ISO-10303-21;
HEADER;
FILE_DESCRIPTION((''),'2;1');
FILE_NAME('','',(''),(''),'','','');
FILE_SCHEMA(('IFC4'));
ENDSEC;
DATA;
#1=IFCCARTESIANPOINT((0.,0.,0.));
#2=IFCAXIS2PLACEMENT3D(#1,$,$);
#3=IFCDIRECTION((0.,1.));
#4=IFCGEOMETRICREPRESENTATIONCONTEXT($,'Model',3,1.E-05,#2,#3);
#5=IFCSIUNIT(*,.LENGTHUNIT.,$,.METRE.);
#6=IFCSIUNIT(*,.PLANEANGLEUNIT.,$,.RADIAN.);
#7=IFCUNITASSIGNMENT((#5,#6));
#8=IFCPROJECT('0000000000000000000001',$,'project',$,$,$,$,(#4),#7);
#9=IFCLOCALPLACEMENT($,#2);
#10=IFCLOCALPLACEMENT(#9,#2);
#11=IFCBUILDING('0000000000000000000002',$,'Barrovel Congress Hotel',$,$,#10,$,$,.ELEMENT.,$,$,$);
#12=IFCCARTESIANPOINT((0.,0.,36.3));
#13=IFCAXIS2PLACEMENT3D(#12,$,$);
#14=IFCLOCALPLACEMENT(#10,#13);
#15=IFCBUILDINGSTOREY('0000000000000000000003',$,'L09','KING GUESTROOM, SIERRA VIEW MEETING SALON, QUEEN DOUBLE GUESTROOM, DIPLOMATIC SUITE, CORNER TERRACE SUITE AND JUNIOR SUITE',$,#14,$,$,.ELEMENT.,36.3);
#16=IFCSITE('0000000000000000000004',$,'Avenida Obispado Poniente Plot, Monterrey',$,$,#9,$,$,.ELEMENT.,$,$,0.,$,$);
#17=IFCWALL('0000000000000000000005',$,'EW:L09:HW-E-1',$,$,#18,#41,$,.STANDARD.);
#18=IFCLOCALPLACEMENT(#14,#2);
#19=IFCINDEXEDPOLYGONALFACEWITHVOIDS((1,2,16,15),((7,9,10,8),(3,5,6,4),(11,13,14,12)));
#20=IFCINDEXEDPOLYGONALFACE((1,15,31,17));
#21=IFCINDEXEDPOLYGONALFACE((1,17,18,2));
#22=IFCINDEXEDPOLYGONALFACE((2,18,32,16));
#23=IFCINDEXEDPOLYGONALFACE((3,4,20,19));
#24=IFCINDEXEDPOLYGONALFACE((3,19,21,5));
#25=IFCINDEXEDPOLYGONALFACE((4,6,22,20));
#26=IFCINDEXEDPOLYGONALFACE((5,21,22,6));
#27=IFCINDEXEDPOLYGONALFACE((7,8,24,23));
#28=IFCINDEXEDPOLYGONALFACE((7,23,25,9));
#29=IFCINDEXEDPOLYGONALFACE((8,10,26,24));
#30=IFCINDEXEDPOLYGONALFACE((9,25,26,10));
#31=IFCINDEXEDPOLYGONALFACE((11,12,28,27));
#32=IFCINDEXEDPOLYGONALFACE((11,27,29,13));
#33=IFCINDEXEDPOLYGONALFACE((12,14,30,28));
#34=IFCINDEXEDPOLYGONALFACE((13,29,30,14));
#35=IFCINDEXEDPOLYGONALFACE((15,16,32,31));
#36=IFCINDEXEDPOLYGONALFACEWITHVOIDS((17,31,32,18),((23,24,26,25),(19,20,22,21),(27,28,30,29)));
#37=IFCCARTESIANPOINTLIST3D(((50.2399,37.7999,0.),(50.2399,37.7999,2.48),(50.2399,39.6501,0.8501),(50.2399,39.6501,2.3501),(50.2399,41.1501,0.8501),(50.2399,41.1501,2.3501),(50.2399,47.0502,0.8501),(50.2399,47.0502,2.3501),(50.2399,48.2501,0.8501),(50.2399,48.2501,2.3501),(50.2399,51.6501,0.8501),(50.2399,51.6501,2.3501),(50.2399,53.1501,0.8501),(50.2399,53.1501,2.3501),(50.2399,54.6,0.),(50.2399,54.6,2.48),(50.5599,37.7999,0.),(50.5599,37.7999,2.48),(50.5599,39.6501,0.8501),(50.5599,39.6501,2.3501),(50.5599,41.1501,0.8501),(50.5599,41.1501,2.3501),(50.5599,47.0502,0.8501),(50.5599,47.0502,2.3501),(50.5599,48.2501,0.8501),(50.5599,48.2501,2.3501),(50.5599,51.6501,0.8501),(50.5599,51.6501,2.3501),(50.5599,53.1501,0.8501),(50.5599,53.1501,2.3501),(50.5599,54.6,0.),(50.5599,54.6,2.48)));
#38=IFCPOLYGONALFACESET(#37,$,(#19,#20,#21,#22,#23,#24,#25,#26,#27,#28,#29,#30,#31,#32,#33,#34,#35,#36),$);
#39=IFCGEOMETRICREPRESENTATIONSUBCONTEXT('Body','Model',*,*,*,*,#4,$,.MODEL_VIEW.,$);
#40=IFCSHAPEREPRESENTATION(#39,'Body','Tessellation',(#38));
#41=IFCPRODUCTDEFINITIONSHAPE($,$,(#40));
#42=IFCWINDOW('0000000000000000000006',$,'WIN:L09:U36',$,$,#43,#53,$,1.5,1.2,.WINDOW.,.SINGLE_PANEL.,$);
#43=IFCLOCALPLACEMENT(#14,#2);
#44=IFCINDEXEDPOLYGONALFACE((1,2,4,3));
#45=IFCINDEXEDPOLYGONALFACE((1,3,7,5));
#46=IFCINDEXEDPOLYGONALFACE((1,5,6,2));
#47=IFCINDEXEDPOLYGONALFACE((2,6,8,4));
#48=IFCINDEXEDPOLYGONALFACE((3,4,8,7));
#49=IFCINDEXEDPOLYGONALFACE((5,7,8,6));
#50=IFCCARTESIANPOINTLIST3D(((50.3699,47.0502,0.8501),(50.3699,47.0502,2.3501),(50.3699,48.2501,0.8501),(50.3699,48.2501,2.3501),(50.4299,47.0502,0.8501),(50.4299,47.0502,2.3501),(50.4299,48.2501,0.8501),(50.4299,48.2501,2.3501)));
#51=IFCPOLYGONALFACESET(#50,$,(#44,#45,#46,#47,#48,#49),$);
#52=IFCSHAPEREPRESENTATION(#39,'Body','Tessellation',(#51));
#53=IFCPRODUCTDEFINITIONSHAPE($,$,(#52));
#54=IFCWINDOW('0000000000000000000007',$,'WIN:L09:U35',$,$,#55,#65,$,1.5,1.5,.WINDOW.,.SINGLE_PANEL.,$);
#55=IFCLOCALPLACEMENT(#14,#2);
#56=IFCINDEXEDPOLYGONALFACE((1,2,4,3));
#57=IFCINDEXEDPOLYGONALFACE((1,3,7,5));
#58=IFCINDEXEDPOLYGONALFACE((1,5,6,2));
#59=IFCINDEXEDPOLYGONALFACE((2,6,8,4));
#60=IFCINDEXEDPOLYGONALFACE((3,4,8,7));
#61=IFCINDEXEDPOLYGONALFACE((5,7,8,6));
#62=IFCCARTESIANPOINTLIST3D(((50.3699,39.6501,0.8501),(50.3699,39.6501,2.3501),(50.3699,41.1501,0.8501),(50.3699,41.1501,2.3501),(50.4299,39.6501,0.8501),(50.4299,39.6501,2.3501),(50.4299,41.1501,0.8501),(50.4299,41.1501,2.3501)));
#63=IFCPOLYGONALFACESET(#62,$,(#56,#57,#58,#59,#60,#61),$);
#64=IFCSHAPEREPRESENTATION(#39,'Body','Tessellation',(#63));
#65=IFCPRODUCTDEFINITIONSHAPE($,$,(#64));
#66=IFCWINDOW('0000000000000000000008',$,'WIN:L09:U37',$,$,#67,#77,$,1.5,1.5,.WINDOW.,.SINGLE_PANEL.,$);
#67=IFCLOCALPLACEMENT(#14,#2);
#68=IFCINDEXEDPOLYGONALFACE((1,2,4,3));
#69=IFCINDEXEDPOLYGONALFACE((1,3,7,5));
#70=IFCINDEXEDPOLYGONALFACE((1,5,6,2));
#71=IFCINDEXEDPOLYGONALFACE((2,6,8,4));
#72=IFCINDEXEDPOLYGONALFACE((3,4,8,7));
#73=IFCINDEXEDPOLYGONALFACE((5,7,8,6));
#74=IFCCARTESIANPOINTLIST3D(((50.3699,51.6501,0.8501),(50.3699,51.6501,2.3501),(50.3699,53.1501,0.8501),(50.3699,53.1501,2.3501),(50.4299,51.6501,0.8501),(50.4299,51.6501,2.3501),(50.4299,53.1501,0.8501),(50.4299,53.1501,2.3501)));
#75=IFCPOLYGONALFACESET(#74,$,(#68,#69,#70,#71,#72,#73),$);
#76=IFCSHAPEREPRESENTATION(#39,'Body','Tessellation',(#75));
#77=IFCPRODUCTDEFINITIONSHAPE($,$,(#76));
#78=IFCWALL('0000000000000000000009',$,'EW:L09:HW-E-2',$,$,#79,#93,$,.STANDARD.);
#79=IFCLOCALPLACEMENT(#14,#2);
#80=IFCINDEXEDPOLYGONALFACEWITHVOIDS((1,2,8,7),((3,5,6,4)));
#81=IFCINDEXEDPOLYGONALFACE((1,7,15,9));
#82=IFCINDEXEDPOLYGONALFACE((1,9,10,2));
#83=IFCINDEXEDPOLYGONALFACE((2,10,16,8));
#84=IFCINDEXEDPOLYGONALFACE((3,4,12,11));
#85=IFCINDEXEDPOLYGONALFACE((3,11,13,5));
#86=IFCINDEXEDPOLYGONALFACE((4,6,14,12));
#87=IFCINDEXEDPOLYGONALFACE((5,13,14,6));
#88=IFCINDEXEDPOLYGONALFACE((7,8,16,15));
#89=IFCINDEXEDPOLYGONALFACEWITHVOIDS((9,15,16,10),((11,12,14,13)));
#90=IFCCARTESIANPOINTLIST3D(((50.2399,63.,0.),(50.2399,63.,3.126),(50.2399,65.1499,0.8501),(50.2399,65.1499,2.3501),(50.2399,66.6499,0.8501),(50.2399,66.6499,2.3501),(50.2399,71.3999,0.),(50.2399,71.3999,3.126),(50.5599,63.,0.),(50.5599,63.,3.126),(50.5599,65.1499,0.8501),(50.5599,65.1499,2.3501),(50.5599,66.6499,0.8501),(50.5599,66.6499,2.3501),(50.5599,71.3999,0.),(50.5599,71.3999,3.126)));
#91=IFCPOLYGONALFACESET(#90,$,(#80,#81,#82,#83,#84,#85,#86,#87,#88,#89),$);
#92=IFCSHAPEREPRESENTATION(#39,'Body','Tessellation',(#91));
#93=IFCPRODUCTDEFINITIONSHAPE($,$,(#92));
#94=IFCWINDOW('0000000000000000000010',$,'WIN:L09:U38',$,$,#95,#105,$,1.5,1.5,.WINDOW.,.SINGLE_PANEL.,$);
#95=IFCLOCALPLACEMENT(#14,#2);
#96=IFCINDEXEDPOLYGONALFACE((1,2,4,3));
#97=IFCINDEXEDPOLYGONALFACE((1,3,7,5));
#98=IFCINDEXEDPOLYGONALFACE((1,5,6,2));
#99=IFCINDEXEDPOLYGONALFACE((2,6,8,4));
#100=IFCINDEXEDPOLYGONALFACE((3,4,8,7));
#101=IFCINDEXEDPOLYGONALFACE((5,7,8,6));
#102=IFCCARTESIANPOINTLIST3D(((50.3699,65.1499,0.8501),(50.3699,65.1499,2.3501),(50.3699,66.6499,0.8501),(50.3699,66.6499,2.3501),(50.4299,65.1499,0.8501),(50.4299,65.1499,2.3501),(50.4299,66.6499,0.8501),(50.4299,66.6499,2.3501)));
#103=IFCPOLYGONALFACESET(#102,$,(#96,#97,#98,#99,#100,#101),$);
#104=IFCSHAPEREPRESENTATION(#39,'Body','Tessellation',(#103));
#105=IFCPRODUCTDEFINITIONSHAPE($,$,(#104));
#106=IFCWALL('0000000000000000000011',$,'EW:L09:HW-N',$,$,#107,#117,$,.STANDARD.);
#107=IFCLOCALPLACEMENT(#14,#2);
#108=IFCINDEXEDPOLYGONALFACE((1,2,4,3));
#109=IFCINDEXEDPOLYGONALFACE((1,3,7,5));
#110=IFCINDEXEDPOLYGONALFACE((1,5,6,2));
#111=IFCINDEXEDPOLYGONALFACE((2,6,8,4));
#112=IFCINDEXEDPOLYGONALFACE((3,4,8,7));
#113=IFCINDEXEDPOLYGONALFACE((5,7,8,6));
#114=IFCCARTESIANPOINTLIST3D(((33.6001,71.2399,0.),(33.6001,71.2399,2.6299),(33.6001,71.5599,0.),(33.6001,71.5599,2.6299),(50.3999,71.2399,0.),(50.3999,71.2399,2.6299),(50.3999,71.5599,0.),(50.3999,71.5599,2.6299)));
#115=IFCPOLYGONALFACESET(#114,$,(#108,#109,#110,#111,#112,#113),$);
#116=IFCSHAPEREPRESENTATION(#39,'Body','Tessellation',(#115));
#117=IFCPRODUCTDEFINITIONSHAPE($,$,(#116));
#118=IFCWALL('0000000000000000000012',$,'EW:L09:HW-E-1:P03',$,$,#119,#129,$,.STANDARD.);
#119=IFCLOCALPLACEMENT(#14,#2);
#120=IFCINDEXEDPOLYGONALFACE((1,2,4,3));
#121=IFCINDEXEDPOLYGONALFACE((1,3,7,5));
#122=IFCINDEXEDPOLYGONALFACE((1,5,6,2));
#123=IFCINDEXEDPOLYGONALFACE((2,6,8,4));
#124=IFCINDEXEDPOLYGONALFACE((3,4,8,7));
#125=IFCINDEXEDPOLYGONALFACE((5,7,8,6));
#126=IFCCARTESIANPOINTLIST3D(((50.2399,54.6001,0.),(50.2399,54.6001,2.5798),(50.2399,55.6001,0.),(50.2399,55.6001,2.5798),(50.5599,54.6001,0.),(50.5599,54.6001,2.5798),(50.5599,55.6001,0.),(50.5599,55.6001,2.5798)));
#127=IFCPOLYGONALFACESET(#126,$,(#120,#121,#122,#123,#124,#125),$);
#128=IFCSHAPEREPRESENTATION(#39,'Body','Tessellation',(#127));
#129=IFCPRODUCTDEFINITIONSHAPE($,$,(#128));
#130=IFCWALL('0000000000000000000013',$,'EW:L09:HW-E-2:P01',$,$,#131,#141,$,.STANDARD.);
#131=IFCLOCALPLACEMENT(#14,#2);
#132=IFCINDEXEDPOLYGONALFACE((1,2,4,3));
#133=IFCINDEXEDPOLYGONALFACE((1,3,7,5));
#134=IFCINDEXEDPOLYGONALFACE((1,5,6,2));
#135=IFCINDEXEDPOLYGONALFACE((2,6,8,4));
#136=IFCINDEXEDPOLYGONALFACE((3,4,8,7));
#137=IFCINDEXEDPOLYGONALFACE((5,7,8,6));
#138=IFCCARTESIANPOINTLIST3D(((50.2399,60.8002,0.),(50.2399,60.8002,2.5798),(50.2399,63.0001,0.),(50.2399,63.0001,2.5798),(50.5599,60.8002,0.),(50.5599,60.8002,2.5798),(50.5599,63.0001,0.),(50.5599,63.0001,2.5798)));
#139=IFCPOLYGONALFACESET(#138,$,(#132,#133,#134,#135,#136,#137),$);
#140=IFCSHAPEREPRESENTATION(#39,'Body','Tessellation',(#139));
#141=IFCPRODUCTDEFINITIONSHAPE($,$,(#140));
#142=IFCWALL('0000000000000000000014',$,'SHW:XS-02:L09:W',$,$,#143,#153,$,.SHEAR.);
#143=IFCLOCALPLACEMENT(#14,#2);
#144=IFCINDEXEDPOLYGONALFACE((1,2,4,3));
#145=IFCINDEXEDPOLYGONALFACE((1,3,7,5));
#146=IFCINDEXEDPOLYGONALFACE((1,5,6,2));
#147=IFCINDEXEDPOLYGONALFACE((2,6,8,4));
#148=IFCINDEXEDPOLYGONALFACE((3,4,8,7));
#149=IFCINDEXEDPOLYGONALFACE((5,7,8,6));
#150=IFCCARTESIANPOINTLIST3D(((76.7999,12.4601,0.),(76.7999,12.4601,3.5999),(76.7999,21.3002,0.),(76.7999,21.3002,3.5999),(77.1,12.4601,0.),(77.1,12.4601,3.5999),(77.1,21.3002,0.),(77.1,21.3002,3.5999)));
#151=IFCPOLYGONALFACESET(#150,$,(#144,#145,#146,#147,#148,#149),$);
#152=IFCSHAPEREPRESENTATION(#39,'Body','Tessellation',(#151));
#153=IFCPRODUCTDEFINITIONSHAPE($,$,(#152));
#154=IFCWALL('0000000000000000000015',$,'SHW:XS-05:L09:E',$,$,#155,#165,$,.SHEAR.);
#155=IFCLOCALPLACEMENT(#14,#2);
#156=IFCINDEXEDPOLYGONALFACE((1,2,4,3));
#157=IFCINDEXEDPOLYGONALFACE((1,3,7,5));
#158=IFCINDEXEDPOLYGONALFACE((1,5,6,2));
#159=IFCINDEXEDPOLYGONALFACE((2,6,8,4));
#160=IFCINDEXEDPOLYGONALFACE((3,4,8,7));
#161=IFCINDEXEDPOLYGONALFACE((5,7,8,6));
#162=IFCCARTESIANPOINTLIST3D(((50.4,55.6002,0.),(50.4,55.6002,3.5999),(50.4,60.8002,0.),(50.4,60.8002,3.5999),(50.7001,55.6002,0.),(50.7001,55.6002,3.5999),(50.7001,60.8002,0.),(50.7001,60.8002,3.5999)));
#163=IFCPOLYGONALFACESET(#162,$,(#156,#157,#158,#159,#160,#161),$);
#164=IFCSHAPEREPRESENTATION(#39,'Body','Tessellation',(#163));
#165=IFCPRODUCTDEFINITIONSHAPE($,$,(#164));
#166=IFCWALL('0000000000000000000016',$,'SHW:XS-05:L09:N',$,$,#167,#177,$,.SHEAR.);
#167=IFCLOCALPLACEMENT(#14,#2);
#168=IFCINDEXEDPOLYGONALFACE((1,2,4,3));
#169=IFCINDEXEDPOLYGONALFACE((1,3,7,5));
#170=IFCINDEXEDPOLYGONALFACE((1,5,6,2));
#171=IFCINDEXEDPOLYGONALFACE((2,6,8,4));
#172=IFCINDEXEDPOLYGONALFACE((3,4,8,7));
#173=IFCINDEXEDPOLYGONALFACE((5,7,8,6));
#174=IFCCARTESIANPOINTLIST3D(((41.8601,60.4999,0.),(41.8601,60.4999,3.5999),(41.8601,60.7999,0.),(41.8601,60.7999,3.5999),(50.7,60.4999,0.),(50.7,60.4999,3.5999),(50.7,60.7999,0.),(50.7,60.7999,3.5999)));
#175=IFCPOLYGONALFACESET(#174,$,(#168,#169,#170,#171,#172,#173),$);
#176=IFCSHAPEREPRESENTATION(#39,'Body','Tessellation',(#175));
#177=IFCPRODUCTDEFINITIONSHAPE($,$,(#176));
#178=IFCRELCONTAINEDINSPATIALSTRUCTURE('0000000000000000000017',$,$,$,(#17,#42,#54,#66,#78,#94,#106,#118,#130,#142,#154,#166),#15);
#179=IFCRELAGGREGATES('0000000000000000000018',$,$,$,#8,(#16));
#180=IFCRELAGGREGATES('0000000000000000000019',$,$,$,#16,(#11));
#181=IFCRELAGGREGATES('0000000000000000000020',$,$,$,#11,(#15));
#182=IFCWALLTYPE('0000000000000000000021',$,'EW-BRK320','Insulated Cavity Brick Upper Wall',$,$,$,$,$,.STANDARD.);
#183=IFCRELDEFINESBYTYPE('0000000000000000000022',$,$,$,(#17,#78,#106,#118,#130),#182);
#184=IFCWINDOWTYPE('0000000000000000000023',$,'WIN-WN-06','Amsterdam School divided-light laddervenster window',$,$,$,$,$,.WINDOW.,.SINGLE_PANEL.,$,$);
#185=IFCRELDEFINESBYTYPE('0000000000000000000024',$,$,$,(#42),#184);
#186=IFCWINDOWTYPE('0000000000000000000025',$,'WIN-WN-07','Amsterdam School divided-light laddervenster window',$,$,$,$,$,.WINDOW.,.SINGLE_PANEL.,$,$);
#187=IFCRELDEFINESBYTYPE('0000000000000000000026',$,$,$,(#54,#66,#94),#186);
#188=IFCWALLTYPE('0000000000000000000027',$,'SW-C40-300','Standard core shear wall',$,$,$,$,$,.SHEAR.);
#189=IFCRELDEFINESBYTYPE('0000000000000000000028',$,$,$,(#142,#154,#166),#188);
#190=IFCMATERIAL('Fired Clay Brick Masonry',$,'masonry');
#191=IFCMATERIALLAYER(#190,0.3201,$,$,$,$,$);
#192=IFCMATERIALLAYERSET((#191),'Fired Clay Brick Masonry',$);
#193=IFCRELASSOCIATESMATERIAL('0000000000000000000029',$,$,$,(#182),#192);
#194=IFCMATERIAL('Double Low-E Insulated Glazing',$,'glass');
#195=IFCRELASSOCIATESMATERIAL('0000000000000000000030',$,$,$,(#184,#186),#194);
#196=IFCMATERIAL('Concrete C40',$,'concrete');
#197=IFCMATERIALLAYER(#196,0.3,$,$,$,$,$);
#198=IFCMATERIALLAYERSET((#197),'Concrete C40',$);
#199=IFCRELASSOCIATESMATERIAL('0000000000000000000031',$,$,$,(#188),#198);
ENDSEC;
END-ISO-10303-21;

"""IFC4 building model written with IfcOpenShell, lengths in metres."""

from ifc_helpers import new_model, si_unit, direction, frame, frame_2d, origin, place, context, subcontext, project, spatial, rectangle, extrude, material, layer, layer_set, type_object, element, fill, save


model = new_model("IFC4")

# Units and contexts
model_context = context("Model", 3, precision=1e-05, world=origin(), true_north=direction((0.0, 1.0)))
body_context = subcontext(model_context, "Body", "Model", "MODEL_VIEW")
ifc_project = project(units=[si_unit("LENGTHUNIT", "METRE"), si_unit("PLANEANGLEUNIT", "RADIAN")], contexts=[model_context])

# Site, building, storey
site_placement = place(None, origin())
site = spatial("IfcSite", under=ifc_project, at=site_placement, Name="Avenida Obispado Poniente Plot, Monterrey", CompositionType="ELEMENT", RefElevation=0.0)
building_placement = place(site_placement, origin())
building = spatial("IfcBuilding", under=site, at=building_placement, Name="Barrovel Congress Hotel", CompositionType="ELEMENT")
storey_placement = place(building_placement, frame((0.0, 0.0, 36.3)))
storey = spatial("IfcBuildingStorey", under=building, at=storey_placement, Name="L09", Description="KING GUESTROOM, SIERRA VIEW MEETING SALON, QUEEN DOUBLE GUESTROOM, DIPLOMATIC SUITE, CORNER TERRACE SUITE AND JUNIOR SUITE", CompositionType="ELEMENT", Elevation=36.3)

# Shared definitions
ifc_material_1 = material(Name="Concrete C40", Category="concrete")

# Shared definitions
ifc_material_2 = material(Name="Double Low-E Insulated Glazing", Category="glass")

# Wall, openings, windows
ifc_material_3 = material(Name="Fired Clay Brick Masonry", Category="masonry")
ifc_layer_1 = layer(ifc_material_3, 0.3201)
ifc_layer_set_1 = layer_set([ifc_layer_1], Name="Fired Clay Brick Masonry")
wall_type_1 = type_object("IfcWallType", Name="EW-BRK320", Description="Insulated Cavity Brick Upper Wall", PredefinedType="STANDARD", material=ifc_layer_set_1)
wall_1_placement = place(storey_placement, frame((50.3999, 37.8, 0.0), z_axis=(0.0, 0.0, 1.0), x_axis=(0.0, 1.0, 0.0)))
wall_1 = element("IfcWall", 1, at=wall_1_placement, inside=storey, type_object=wall_type_1, Name="EW:L09:HW-E-1", PredefinedType="STANDARD", context=body_context, shape_type="SweptSolid", body=[
    extrude(rectangle(XDim=16.8, YDim=0.3201, at=frame_2d((8.3999, 0.0))), origin(), (0.0, 0.0, 1.0), 2.48),
])
opening_1_placement = place(wall_1_placement, frame((1.8501, 0.0, 0.8501)))
opening_1 = element("IfcOpeningElement", 2, at=opening_1_placement, cuts=wall_1, PredefinedType="OPENING", context=body_context, shape_type="SweptSolid", body=[
    extrude(rectangle(XDim=1.5, YDim=1.5, at=frame_2d((0.75, 0.75))), frame((0.0, 0.1699, 0.0), z_axis=(0.0, -1.0, 0.0), x_axis=(1.0, 0.0, 0.0)), (0.0, 0.0, 1.0), 0.3401),
])
opening_2_placement = place(wall_1_placement, frame((9.25, 0.0, 0.8501)))
opening_2 = element("IfcOpeningElement", 3, at=opening_2_placement, cuts=wall_1, PredefinedType="OPENING", context=body_context, shape_type="SweptSolid", body=[
    extrude(rectangle(XDim=1.2, YDim=1.5, at=frame_2d((0.6001, 0.75))), frame((0.0, 0.1699, 0.0), z_axis=(0.0, -1.0, 0.0), x_axis=(1.0, 0.0, 0.0)), (0.0, 0.0, 1.0), 0.3401),
])
opening_3_placement = place(wall_1_placement, frame((13.8501, 0.0, 0.8501)))
opening_3 = element("IfcOpeningElement", 4, at=opening_3_placement, cuts=wall_1, PredefinedType="OPENING", context=body_context, shape_type="SweptSolid", body=[
    extrude(rectangle(XDim=1.5, YDim=1.5, at=frame_2d((0.75, 0.75))), frame((0.0, 0.1699, 0.0), z_axis=(0.0, -1.0, 0.0), x_axis=(1.0, 0.0, 0.0)), (0.0, 0.0, 1.0), 0.3401),
])
window_type_1 = type_object("IfcWindowType", Name="WIN-WN-06", Description="Amsterdam School divided-light laddervenster window", PartitioningType="SINGLE_PANEL", PredefinedType="WINDOW", material=ifc_material_2)
window_1_placement = place(opening_2_placement, origin())
window_1 = element("IfcWindow", 5, at=window_1_placement, inside=storey, type_object=window_type_1, Name="WIN:L09:U36", OverallHeight=1.5, OverallWidth=1.2, PartitioningType="SINGLE_PANEL", PredefinedType="WINDOW", context=body_context, shape_type="SweptSolid", body=[
    extrude(rectangle(XDim=1.2, YDim=1.5, at=frame_2d((0.6001, 0.75))), frame((0.0, 0.03, 0.0), z_axis=(0.0, -1.0, 0.0), x_axis=(1.0, 0.0, 0.0)), (0.0, 0.0, 1.0), 0.0601),
])
fill(opening_2, window_1)
window_type_2 = type_object("IfcWindowType", Name="WIN-WN-07", Description="Amsterdam School divided-light laddervenster window", PartitioningType="SINGLE_PANEL", PredefinedType="WINDOW", material=ifc_material_2)
window_2_placement = place(opening_1_placement, origin())
window_2 = element("IfcWindow", 6, at=window_2_placement, inside=storey, type_object=window_type_2, Name="WIN:L09:U35", OverallHeight=1.5, OverallWidth=1.5, PartitioningType="SINGLE_PANEL", PredefinedType="WINDOW", context=body_context, shape_type="SweptSolid", body=[
    extrude(rectangle(XDim=1.5, YDim=1.5, at=frame_2d((0.75, 0.75))), frame((0.0, 0.03, 0.0), z_axis=(0.0, -1.0, 0.0), x_axis=(1.0, 0.0, 0.0)), (0.0, 0.0, 1.0), 0.0601),
])
fill(opening_1, window_2)
window_3_placement = place(opening_3_placement, origin())
window_3 = element("IfcWindow", 7, at=window_3_placement, inside=storey, type_object=window_type_2, Name="WIN:L09:U37", OverallHeight=1.5, OverallWidth=1.5, PartitioningType="SINGLE_PANEL", PredefinedType="WINDOW", context=body_context, shape_type="SweptSolid", body=[
    extrude(rectangle(XDim=1.5, YDim=1.5, at=frame_2d((0.75, 0.75))), frame((0.0, 0.03, 0.0), z_axis=(0.0, -1.0, 0.0), x_axis=(1.0, 0.0, 0.0)), (0.0, 0.0, 1.0), 0.0601),
])
fill(opening_3, window_3)

# Wall, opening, window
wall_2_placement = place(storey_placement, frame((50.3999, 63.0, 0.0), z_axis=(0.0, 0.0, 1.0), x_axis=(0.0, 1.0, 0.0)))
wall_2 = element("IfcWall", 8, at=wall_2_placement, inside=storey, type_object=wall_type_1, Name="EW:L09:HW-E-2", PredefinedType="STANDARD", context=body_context, shape_type="SweptSolid", body=[
    extrude(rectangle(XDim=8.3999, YDim=0.3201, at=frame_2d((4.2, 0.0))), origin(), (0.0, 0.0, 1.0), 3.126),
])
opening_4_placement = place(wall_2_placement, frame((2.1499, 0.0, 0.8501)))
opening_4 = element("IfcOpeningElement", 9, at=opening_4_placement, cuts=wall_2, PredefinedType="OPENING", context=body_context, shape_type="SweptSolid", body=[
    extrude(rectangle(XDim=1.5, YDim=1.5, at=frame_2d((0.75, 0.75))), frame((0.0, 0.1699, 0.0), z_axis=(0.0, -1.0, 0.0), x_axis=(1.0, 0.0, 0.0)), (0.0, 0.0, 1.0), 0.3401),
])
window_4_placement = place(opening_4_placement, origin())
window_4 = element("IfcWindow", 10, at=window_4_placement, inside=storey, type_object=window_type_2, Name="WIN:L09:U38", OverallHeight=1.5, OverallWidth=1.5, PartitioningType="SINGLE_PANEL", PredefinedType="WINDOW", context=body_context, shape_type="SweptSolid", body=[
    extrude(rectangle(XDim=1.5, YDim=1.5, at=frame_2d((0.75, 0.75))), frame((0.0, 0.03, 0.0), z_axis=(0.0, -1.0, 0.0), x_axis=(1.0, 0.0, 0.0)), (0.0, 0.0, 1.0), 0.0601),
])
fill(opening_4, window_4)

# Walls
wall_3_placement = place(storey_placement, frame((50.3999, 71.3999, 0.0), z_axis=(0.0, 0.0, 1.0), x_axis=(-1.0, 0.0, 0.0)))
element("IfcWall", 11, at=wall_3_placement, inside=storey, type_object=wall_type_1, Name="EW:L09:HW-N", PredefinedType="STANDARD", context=body_context, shape_type="SweptSolid", body=[
    extrude(rectangle(XDim=16.7998, YDim=0.3201, at=frame_2d((8.3999, 0.0))), origin(), (0.0, 0.0, 1.0), 2.6299),
])
wall_4_placement = place(storey_placement, frame((50.3999, 54.6001, 0.0), z_axis=(0.0, 0.0, 1.0), x_axis=(0.0, 1.0, 0.0)))
element("IfcWall", 12, at=wall_4_placement, inside=storey, type_object=wall_type_1, Name="EW:L09:HW-E-1:P03", PredefinedType="STANDARD", context=body_context, shape_type="SweptSolid", body=[
    extrude(rectangle(XDim=1.0, YDim=0.3201, at=frame_2d((0.5, 0.0))), origin(), (0.0, 0.0, 1.0), 2.5798),
])
wall_5_placement = place(storey_placement, frame((50.3999, 60.8, 0.0), z_axis=(0.0, 0.0, 1.0), x_axis=(0.0, 1.0, 0.0)))
element("IfcWall", 13, at=wall_5_placement, inside=storey, type_object=wall_type_1, Name="EW:L09:HW-E-2:P01", PredefinedType="STANDARD", context=body_context, shape_type="SweptSolid", body=[
    extrude(rectangle(XDim=2.2, YDim=0.3201, at=frame_2d((1.1001, 0.0))), origin(), (0.0, 0.0, 1.0), 2.5798),
])
ifc_layer_2 = layer(ifc_material_1, 0.3)
ifc_layer_set_2 = layer_set([ifc_layer_2], Name="Concrete C40")
wall_type_2 = type_object("IfcWallType", Name="SW-C40-300", Description="Standard core shear wall", PredefinedType="SHEAR", material=ifc_layer_set_2)
wall_6_placement = place(storey_placement, frame((76.95, 21.3, 0.0), z_axis=(0.0, 0.0, 1.0), x_axis=(0.0, -1.0, 0.0)))
element("IfcWall", 14, at=wall_6_placement, inside=storey, type_object=wall_type_2, Name="SHW:XS-02:L09:W", PredefinedType="SHEAR", context=body_context, shape_type="SweptSolid", body=[
    extrude(rectangle(XDim=8.8401, YDim=0.3, at=frame_2d((4.4199, 0.0))), origin(), (0.0, 0.0, 1.0), 3.5999),
])
wall_7_placement = place(storey_placement, frame((50.55, 55.6001, 0.0), z_axis=(0.0, 0.0, 1.0), x_axis=(0.0, 1.0, 0.0)))
element("IfcWall", 15, at=wall_7_placement, inside=storey, type_object=wall_type_2, Name="SHW:XS-05:L09:E", PredefinedType="SHEAR", context=body_context, shape_type="SweptSolid", body=[
    extrude(rectangle(XDim=5.2, YDim=0.3, at=frame_2d((2.6001, 0.0))), origin(), (0.0, 0.0, 1.0), 3.5999),
])
wall_8_placement = place(storey_placement, frame((50.7, 60.6499, 0.0), z_axis=(0.0, 0.0, 1.0), x_axis=(-1.0, 0.0, 0.0)))
element("IfcWall", 16, at=wall_8_placement, inside=storey, type_object=wall_type_2, Name="SHW:XS-05:L09:N", PredefinedType="SHEAR", context=body_context, shape_type="SweptSolid", body=[
    extrude(rectangle(XDim=8.8398, YDim=0.3, at=frame_2d((4.4199, 0.0))), origin(), (0.0, 0.0, 1.0), 3.5999),
])

save(model, "model.ifc")
